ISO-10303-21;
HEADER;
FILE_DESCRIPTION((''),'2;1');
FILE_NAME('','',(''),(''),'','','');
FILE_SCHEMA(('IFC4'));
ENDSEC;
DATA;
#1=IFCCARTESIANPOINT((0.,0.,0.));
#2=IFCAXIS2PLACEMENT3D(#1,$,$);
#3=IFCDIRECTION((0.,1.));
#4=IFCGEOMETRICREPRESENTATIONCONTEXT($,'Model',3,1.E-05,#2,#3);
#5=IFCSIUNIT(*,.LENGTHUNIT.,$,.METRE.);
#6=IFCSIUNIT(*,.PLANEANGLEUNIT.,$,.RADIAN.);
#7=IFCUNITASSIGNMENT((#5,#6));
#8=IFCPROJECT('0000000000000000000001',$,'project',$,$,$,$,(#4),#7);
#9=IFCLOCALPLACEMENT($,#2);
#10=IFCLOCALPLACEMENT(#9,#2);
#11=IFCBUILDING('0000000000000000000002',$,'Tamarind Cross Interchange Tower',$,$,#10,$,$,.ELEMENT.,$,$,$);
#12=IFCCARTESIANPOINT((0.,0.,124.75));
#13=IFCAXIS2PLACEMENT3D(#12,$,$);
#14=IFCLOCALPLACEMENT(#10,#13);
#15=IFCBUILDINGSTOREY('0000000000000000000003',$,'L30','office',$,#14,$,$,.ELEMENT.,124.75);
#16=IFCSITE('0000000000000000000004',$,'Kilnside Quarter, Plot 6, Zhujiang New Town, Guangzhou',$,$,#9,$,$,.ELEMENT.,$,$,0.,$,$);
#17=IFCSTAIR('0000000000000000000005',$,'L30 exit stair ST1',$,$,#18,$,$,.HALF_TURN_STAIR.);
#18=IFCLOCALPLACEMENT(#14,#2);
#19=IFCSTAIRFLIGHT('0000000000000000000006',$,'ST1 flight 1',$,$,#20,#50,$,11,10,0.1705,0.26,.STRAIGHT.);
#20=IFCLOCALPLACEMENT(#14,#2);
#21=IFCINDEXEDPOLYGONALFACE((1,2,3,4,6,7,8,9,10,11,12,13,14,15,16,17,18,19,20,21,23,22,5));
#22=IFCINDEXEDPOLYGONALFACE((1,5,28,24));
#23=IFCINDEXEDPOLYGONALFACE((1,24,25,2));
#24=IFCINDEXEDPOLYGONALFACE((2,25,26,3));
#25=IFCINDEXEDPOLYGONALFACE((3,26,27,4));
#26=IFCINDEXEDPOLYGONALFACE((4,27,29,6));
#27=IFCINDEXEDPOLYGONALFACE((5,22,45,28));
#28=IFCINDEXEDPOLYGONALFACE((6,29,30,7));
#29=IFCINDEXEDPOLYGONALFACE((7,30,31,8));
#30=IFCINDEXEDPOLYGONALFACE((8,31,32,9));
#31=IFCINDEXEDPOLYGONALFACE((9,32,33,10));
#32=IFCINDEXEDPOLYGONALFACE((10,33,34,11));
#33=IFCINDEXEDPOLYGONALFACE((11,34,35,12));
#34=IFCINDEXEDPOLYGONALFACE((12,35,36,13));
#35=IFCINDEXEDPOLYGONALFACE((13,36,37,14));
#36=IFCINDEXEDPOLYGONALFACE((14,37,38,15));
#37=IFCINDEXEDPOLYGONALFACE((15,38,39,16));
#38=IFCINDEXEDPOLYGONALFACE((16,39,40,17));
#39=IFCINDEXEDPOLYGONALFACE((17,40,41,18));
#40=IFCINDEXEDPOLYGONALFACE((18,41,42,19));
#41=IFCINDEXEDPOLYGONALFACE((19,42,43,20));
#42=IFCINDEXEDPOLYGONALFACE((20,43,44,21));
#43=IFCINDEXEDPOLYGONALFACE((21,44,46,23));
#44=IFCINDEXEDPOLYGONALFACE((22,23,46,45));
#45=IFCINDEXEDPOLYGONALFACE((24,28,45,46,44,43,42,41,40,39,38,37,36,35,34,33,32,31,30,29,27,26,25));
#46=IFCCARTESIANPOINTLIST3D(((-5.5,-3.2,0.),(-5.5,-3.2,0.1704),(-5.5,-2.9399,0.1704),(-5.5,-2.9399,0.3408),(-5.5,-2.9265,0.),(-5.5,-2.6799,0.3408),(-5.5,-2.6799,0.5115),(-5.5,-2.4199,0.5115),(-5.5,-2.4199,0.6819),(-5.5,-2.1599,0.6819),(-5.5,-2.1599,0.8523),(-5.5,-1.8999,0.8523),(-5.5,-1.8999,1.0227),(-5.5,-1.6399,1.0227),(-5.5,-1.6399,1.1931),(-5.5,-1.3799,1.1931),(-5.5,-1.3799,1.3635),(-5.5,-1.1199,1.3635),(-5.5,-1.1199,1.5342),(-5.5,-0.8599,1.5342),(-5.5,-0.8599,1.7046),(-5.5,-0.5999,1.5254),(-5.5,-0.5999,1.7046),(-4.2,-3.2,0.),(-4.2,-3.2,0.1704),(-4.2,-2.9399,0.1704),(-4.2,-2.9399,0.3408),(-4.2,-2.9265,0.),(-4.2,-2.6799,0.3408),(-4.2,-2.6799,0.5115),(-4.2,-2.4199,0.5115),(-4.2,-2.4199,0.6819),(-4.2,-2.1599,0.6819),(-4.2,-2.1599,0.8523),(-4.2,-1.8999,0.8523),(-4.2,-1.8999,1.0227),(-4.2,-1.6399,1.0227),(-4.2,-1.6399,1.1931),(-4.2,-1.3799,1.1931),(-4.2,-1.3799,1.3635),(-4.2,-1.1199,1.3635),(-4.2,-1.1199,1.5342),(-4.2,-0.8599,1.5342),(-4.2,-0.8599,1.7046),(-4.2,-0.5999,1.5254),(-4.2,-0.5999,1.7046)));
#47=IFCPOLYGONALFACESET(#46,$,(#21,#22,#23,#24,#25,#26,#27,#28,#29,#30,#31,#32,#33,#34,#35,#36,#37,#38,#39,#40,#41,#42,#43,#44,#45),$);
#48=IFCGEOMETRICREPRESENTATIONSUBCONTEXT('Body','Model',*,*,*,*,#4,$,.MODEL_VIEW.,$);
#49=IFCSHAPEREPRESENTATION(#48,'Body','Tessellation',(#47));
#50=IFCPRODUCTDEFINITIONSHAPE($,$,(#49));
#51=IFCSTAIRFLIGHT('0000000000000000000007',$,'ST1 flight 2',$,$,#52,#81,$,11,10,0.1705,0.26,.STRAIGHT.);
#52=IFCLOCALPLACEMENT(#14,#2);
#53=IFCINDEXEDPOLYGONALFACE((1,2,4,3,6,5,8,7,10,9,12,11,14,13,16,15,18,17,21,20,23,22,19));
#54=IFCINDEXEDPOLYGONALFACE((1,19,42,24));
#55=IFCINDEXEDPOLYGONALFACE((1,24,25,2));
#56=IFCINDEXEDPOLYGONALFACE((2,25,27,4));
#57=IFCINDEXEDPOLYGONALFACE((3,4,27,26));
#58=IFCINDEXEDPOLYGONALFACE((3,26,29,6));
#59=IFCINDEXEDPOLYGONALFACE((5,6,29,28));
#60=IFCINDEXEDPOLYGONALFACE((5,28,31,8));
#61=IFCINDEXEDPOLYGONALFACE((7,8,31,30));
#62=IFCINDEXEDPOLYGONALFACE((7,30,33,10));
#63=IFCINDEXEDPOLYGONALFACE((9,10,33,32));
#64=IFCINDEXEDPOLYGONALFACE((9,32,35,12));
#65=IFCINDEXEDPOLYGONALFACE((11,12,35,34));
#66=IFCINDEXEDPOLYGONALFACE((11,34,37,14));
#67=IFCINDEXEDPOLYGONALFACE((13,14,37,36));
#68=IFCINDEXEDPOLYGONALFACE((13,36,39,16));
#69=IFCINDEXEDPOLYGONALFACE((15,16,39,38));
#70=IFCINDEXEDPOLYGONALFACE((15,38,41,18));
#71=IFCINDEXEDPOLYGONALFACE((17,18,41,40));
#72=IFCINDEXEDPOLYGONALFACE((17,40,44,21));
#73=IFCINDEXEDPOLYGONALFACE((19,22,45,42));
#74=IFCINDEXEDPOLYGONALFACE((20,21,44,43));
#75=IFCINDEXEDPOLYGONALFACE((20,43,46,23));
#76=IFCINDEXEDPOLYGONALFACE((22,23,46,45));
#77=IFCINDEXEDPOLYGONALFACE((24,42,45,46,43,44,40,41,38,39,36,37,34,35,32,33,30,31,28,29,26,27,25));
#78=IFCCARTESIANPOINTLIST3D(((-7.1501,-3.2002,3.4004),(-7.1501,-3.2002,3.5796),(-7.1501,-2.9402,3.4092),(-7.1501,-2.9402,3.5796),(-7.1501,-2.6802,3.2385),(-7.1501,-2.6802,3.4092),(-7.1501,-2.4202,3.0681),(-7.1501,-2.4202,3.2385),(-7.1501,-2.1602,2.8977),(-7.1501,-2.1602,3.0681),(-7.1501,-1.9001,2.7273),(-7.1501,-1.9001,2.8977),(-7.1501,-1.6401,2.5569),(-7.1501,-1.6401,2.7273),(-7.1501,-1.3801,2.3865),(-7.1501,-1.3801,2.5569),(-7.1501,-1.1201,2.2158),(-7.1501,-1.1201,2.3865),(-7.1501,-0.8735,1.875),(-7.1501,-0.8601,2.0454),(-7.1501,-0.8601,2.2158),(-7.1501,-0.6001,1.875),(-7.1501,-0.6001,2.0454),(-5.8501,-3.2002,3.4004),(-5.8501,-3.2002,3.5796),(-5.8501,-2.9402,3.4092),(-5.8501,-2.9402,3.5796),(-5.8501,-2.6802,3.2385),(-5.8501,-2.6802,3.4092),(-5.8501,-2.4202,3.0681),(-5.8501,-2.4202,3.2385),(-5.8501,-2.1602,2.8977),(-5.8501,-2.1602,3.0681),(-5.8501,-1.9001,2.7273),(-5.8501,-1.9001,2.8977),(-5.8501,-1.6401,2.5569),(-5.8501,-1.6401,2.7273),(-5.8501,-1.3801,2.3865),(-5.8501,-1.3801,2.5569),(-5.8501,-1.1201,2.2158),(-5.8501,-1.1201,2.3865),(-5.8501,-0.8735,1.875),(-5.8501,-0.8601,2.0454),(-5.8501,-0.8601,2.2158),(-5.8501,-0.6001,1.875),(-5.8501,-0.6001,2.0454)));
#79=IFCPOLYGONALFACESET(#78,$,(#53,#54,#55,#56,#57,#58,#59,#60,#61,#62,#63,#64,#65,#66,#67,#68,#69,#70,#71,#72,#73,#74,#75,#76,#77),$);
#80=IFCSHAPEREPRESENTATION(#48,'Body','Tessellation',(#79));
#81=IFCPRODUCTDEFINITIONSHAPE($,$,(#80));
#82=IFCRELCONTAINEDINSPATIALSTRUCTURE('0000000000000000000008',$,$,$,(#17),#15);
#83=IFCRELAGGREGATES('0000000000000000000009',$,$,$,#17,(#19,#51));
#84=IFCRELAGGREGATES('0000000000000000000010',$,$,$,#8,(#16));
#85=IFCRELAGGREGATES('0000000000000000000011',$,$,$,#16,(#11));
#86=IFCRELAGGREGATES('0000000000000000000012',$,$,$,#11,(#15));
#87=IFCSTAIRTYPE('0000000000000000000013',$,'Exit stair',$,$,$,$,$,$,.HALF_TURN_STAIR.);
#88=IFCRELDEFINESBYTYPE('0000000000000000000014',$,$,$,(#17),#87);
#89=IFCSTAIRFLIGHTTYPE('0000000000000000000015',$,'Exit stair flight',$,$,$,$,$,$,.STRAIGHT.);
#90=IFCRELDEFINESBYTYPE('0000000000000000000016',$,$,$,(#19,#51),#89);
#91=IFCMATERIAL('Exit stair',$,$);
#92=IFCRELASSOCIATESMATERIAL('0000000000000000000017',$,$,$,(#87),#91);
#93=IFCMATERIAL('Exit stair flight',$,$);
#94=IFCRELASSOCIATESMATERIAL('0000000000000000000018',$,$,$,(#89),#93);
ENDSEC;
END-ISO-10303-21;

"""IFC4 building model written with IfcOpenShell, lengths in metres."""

from ifc_helpers import new_model, si_unit, direction, frame, origin, place, context, subcontext, project, spatial, polyline, outline, extrude, material, type_object, element, aggregate, save


model = new_model("IFC4")

# Units and contexts
model_context = context("Model", 3, precision=1e-05, world=origin(), true_north=direction((0.0, 1.0)))
body_context = subcontext(model_context, "Body", "Model", "MODEL_VIEW")
ifc_project = project(units=[si_unit("LENGTHUNIT", "METRE"), si_unit("PLANEANGLEUNIT", "RADIAN")], contexts=[model_context])

# Site, building, storey
site_placement = place(None, origin())
site = spatial("IfcSite", under=ifc_project, at=site_placement, Name="Kilnside Quarter, Plot 6, Zhujiang New Town, Guangzhou", CompositionType="ELEMENT", RefElevation=0.0)
building_placement = place(site_placement, origin())
building = spatial("IfcBuilding", under=site, at=building_placement, Name="Tamarind Cross Interchange Tower", CompositionType="ELEMENT")
storey_placement = place(building_placement, frame((0.0, 0.0, 124.75)))
storey = spatial("IfcBuildingStorey", under=building, at=storey_placement, Name="L30", Description="office", CompositionType="ELEMENT", Elevation=124.75)

# Stair, stair flights
ifc_material_1 = material(Name="Exit stair")
stair_type = type_object("IfcStairType", Name="Exit stair", PredefinedType="HALF_TURN_STAIR", material=ifc_material_1)
stair_placement = place(storey_placement, origin())
stair = element("IfcStair", 1, at=stair_placement, inside=storey, type_object=stair_type, Name="L30 exit stair ST1", PredefinedType="HALF_TURN_STAIR")
ifc_material_2 = material(Name="Exit stair flight")
stair_flight_type = type_object("IfcStairFlightType", Name="Exit stair flight", PredefinedType="STRAIGHT", material=ifc_material_2)
stair_flight_1_placement = place(storey_placement, frame((-4.8501, -3.2, 0.0), z_axis=(0.0, 0.0, 1.0), x_axis=(0.0, 1.0, 0.0)))
stair_flight_1 = element("IfcStairFlight", 2, at=stair_flight_1_placement, type_object=stair_flight_type, Name="ST1 flight 1", NumberOfRisers=11, NumberOfTreads=10, PredefinedType="STRAIGHT", RiserHeight=0.1705, TreadLength=0.26, context=body_context, shape_type="SweptSolid", body=[
    extrude(outline(polyline([(0.0, 0.0), (0.0, 0.1704), (0.26, 0.1704), (0.26, 0.3408), (0.52, 0.3408), (0.52, 0.5115), (0.78, 0.5115), (0.78, 0.6819), (1.04, 0.6819), (1.04, 0.8523), (1.3, 0.8523), (1.3, 1.0227), (1.5601, 1.0227), (1.5601, 1.1931), (1.8201, 1.1931), (1.8201, 1.3635), (2.0801, 1.3635), (2.0801, 1.5342), (2.3401, 1.5342), (2.3401, 1.7046), (2.6001, 1.7046), (2.6001, 1.875), (2.6001, 1.5254), (0.2734, 0.0), (0.0, 0.0)])), frame((0.0, 0.6499, 0.0), z_axis=(0.0, -1.0, 0.0), x_axis=(1.0, 0.0, 0.0)), (0.0, 0.0, 1.0), 1.3),
])
stair_flight_2_placement = place(storey_placement, frame((-6.5, -0.6001, 1.875), z_axis=(0.0, 0.0, 1.0), x_axis=(0.0, -1.0, 0.0)))
stair_flight_2 = element("IfcStairFlight", 3, at=stair_flight_2_placement, type_object=stair_flight_type, Name="ST1 flight 2", NumberOfRisers=11, NumberOfTreads=10, PredefinedType="STRAIGHT", RiserHeight=0.1705, TreadLength=0.26, context=body_context, shape_type="SweptSolid", body=[
    extrude(outline(polyline([(0.0, 0.0), (0.0, 0.1704), (0.26, 0.1704), (0.26, 0.3408), (0.52, 0.3408), (0.52, 0.5115), (0.78, 0.5115), (0.78, 0.6819), (1.04, 0.6819), (1.04, 0.8523), (1.3, 0.8523), (1.3, 1.0227), (1.5601, 1.0227), (1.5601, 1.1931), (1.8201, 1.1931), (1.8201, 1.3635), (2.0801, 1.3635), (2.0801, 1.5342), (2.3401, 1.5342), (2.3401, 1.7046), (2.6001, 1.7046), (2.6001, 1.875), (2.6001, 1.5254), (0.2734, 0.0), (0.0, 0.0)])), frame((0.0, 0.6499, 0.0), z_axis=(0.0, -1.0, 0.0), x_axis=(1.0, 0.0, 0.0)), (0.0, 0.0, 1.0), 1.3),
])
aggregate(stair, [stair_flight_1, stair_flight_2])

save(model, "model.ifc")
